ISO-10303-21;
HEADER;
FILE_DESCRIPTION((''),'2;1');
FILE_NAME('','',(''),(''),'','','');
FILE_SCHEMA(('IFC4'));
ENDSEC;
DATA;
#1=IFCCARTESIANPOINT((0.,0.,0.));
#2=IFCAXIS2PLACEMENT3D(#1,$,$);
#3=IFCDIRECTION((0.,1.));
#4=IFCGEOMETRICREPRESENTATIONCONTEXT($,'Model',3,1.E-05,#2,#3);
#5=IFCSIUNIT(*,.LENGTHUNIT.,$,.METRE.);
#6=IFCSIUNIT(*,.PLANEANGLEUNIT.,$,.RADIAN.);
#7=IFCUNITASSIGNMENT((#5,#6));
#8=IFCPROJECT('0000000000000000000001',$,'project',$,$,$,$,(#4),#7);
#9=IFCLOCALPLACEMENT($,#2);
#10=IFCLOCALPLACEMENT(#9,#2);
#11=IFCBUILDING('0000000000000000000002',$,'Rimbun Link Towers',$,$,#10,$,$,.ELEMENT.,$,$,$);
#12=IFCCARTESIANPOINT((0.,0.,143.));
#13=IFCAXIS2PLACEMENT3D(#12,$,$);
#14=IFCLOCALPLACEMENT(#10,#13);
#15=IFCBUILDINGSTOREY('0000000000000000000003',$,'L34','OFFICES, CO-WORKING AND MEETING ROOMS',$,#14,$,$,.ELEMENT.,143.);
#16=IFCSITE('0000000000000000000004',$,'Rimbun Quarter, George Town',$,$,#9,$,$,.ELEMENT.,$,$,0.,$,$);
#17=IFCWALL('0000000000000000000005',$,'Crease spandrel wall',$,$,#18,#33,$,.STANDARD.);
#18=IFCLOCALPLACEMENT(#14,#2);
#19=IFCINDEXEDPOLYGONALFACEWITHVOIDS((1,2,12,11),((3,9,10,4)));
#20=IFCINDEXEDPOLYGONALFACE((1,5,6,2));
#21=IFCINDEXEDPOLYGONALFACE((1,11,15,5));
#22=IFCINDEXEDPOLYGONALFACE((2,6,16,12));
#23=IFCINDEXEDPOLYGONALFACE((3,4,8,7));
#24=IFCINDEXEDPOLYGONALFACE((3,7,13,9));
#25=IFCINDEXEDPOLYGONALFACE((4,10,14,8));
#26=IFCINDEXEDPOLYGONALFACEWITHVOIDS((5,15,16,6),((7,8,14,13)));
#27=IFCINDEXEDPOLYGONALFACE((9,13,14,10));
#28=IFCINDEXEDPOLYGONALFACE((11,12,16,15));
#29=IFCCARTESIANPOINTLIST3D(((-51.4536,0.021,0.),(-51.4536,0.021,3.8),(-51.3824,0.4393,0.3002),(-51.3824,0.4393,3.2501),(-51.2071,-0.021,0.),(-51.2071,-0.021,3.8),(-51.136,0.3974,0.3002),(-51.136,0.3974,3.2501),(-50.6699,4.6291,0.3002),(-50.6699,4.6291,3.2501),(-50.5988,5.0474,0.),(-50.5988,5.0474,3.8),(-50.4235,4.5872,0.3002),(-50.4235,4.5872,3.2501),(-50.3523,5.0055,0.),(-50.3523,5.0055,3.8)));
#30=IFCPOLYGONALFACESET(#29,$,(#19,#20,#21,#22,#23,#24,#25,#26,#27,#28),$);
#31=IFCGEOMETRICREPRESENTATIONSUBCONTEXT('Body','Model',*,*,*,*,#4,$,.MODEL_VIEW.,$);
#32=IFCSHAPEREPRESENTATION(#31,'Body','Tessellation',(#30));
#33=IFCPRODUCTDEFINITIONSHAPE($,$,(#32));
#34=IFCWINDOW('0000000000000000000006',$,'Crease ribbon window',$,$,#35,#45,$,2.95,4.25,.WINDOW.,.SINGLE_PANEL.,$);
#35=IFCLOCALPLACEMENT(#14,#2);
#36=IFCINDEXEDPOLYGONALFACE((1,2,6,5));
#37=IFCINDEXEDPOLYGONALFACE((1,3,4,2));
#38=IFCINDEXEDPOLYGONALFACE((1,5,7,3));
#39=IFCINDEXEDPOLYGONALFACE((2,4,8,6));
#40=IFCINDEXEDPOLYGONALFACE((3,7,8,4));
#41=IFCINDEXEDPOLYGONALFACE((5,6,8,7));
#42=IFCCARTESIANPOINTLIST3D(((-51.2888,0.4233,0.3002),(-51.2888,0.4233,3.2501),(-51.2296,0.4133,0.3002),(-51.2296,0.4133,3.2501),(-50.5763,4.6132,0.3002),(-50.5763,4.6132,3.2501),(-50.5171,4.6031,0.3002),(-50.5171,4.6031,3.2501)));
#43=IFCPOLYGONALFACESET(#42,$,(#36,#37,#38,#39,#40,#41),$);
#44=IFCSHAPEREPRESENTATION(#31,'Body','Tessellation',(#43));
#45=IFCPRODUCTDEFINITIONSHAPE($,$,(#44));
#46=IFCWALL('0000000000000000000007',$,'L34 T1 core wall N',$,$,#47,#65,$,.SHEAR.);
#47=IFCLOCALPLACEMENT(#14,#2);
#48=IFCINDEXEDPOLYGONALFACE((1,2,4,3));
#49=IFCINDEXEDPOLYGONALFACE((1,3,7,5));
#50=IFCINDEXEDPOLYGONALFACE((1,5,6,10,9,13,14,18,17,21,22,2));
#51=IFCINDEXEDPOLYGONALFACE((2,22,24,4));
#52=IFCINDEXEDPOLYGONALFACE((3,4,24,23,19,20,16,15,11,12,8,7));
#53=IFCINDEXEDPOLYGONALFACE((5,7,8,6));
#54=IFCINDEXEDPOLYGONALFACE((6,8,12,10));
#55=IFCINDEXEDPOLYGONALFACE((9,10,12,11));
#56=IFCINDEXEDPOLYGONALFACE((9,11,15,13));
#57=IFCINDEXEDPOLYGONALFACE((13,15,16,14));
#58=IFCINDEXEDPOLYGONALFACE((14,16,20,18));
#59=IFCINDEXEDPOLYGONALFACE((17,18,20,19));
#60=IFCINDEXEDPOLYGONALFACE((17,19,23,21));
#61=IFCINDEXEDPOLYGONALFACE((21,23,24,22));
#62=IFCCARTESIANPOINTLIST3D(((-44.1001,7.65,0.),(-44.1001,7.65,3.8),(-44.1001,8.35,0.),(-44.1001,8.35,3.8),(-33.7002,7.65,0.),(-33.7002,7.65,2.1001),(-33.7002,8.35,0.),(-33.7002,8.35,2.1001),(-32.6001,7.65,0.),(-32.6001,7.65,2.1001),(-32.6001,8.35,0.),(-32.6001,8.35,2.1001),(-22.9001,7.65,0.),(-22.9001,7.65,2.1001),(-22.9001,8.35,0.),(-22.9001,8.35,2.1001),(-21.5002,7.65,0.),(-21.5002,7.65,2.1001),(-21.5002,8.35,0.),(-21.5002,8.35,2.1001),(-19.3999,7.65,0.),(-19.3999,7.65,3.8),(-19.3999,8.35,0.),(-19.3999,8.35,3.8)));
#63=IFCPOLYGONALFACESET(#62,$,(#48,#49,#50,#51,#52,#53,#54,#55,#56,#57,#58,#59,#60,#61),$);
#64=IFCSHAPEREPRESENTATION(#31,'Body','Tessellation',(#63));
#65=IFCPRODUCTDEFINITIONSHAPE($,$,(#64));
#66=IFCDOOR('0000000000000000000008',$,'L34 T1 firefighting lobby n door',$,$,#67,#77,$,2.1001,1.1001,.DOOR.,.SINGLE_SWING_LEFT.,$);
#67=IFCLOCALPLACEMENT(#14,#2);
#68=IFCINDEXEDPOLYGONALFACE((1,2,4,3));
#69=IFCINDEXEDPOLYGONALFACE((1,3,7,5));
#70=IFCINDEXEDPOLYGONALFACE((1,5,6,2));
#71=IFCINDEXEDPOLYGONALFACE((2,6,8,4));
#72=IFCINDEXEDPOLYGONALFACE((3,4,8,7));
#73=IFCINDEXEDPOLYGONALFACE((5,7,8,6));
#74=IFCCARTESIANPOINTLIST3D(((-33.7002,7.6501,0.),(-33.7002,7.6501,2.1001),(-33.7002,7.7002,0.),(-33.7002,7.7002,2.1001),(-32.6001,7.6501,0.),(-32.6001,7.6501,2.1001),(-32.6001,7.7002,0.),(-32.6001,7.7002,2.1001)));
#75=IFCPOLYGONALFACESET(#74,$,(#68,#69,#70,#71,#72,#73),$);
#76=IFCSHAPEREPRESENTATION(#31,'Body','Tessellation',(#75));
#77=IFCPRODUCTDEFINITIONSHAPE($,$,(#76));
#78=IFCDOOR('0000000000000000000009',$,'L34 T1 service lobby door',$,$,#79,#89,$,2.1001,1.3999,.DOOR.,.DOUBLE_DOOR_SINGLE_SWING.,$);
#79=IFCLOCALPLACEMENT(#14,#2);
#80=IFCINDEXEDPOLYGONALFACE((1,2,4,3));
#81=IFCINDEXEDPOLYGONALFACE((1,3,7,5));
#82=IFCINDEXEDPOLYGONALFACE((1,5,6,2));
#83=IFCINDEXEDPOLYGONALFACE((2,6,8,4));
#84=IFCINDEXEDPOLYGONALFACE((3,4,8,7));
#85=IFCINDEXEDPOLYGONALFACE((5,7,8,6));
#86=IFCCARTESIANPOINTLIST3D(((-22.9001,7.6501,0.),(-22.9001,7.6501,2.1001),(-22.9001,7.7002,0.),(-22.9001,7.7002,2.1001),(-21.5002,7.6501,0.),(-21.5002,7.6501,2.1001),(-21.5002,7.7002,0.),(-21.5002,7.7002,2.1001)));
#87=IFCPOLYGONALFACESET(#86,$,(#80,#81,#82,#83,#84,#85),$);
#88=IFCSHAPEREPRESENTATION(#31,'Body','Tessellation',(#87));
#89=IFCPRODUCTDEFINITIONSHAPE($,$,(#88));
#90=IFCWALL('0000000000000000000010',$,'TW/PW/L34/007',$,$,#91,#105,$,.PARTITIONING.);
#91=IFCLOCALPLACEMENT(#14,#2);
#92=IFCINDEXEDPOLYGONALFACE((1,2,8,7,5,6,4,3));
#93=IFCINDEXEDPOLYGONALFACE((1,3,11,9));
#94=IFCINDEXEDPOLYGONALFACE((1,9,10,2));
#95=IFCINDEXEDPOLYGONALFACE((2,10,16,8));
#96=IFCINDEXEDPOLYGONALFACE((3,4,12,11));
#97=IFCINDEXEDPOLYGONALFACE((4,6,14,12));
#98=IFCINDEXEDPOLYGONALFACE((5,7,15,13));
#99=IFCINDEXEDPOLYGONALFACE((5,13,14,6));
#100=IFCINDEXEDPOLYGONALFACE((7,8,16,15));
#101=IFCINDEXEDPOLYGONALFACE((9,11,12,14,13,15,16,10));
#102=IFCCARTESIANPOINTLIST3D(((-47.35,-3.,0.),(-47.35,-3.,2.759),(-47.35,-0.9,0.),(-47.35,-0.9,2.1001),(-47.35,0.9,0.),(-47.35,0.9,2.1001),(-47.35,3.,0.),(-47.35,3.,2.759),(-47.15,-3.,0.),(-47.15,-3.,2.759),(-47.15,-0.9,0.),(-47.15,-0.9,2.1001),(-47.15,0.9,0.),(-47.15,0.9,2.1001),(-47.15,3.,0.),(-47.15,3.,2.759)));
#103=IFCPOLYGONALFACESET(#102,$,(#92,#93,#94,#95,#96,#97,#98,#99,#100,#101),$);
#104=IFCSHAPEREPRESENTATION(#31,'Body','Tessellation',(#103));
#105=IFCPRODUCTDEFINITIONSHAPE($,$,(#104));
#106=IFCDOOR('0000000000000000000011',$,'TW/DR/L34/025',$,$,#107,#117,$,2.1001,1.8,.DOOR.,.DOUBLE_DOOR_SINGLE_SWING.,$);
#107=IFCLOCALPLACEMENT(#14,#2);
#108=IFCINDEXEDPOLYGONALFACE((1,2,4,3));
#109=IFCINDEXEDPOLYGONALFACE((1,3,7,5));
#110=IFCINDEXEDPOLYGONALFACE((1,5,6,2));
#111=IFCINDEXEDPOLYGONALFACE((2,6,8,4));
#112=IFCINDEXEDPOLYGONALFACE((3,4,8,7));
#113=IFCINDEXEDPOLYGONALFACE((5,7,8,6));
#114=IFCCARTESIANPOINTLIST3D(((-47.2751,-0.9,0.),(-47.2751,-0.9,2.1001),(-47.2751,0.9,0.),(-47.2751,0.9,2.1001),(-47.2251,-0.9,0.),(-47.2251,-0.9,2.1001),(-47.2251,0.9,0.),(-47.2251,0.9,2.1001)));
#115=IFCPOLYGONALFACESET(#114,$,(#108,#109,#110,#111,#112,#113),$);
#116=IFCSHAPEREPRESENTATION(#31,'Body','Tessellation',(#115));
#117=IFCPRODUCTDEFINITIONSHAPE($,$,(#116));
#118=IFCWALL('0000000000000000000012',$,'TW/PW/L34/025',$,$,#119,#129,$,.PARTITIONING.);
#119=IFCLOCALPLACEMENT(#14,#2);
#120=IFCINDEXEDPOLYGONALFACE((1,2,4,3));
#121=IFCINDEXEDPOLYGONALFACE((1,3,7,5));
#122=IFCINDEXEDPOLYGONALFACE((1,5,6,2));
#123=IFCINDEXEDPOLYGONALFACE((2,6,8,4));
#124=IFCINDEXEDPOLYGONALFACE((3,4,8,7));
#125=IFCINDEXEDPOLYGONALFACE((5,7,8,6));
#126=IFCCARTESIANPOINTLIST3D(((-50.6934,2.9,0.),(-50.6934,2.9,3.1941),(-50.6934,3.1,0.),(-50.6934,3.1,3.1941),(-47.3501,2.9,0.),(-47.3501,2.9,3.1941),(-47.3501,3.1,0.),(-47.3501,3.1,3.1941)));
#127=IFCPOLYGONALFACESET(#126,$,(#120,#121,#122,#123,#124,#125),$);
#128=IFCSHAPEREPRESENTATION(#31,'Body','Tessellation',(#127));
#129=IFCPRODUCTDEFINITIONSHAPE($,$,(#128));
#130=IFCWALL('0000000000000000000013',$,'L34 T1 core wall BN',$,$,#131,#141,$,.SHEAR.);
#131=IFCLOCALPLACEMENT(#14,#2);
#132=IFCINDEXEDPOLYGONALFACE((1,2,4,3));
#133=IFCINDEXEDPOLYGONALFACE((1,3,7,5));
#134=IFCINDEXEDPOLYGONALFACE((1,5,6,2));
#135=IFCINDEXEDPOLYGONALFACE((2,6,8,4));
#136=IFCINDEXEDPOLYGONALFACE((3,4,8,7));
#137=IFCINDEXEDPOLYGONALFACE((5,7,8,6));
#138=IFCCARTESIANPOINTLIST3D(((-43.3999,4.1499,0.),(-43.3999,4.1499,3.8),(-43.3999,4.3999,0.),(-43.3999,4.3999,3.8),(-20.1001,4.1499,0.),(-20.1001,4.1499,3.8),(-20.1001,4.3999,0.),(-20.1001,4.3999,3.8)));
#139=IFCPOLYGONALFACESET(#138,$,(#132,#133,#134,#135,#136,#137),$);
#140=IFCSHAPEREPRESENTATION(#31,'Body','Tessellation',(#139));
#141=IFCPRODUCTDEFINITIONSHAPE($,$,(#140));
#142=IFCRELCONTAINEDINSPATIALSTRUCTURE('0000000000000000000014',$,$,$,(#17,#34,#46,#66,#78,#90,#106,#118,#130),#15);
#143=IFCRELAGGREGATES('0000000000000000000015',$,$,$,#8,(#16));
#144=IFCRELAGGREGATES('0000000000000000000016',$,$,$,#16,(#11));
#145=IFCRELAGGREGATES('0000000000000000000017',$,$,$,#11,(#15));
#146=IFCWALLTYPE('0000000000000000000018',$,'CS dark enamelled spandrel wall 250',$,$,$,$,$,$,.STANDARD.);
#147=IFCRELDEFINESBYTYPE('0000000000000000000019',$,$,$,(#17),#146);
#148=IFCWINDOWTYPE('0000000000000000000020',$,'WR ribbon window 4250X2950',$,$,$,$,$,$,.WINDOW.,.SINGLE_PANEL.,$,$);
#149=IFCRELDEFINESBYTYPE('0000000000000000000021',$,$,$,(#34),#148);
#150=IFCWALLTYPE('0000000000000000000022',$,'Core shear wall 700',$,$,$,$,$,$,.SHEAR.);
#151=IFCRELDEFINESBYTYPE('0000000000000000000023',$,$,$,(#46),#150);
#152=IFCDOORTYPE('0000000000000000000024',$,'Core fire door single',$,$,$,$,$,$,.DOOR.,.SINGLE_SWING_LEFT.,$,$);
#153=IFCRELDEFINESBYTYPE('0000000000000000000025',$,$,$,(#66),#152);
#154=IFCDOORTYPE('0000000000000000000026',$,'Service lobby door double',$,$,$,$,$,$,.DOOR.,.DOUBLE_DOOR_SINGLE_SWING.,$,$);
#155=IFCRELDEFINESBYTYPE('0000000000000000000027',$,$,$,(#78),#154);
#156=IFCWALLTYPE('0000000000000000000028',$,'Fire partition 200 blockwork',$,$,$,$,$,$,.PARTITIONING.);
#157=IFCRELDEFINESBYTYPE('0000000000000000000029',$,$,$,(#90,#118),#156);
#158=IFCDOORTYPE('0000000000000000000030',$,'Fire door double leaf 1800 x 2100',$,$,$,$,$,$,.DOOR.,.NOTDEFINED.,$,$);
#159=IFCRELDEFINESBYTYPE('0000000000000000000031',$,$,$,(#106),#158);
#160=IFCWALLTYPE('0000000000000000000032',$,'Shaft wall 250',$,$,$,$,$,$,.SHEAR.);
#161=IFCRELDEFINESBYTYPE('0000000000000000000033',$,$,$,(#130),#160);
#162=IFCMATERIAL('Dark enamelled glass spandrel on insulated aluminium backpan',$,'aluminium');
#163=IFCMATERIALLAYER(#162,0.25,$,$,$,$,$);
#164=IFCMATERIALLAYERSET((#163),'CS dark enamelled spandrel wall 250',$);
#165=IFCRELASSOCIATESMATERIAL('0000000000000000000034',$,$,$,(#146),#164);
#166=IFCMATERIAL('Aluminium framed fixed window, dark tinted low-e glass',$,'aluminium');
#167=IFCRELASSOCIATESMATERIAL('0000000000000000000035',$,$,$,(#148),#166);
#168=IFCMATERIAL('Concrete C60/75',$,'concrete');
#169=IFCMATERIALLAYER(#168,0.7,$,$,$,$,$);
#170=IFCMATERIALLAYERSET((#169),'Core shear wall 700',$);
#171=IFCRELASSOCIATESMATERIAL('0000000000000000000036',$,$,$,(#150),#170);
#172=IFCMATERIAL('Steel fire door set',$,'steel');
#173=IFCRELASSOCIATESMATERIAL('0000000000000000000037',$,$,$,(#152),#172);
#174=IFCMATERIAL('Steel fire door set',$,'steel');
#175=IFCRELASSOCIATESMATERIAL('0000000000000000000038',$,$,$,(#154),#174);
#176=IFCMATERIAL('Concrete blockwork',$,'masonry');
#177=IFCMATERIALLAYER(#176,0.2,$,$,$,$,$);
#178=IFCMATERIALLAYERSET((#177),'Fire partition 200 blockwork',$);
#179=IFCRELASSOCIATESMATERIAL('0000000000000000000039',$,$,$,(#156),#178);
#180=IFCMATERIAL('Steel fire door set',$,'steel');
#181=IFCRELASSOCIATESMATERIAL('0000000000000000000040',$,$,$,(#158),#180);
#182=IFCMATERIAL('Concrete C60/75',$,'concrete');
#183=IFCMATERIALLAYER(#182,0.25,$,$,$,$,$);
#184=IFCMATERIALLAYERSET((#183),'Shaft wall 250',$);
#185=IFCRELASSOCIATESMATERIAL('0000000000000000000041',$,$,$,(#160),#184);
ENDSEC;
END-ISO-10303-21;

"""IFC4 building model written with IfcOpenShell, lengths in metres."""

from ifc_helpers import new_model, si_unit, direction, frame, frame_2d, origin, place, context, subcontext, project, spatial, rectangle, extrude, material, layer, layer_set, type_object, element, fill, save


model = new_model("IFC4")

# Units and contexts
model_context = context("Model", 3, precision=1e-05, world=origin(), true_north=direction((0.0, 1.0)))
body_context = subcontext(model_context, "Body", "Model", "MODEL_VIEW")
ifc_project = project(units=[si_unit("LENGTHUNIT", "METRE"), si_unit("PLANEANGLEUNIT", "RADIAN")], contexts=[model_context])

# Site, building, storey
site_placement = place(None, origin())
site = spatial("IfcSite", under=ifc_project, at=site_placement, Name="Rimbun Quarter, George Town", CompositionType="ELEMENT", RefElevation=0.0)
building_placement = place(site_placement, origin())
building = spatial("IfcBuilding", under=site, at=building_placement, Name="Rimbun Link Towers", CompositionType="ELEMENT")
storey_placement = place(building_placement, frame((0.0, 0.0, 143.0)))
storey = spatial("IfcBuildingStorey", under=building, at=storey_placement, Name="L34", Description="OFFICES, CO-WORKING AND MEETING ROOMS", CompositionType="ELEMENT", Elevation=143.0)

# Wall, opening, window
ifc_material_1 = material(Name="Dark enamelled glass spandrel on insulated aluminium backpan", Category="aluminium")
ifc_layer_1 = layer(ifc_material_1, 0.25)
ifc_layer_set_1 = layer_set([ifc_layer_1], Name="CS dark enamelled spandrel wall 250")
wall_type_1 = type_object("IfcWallType", Name="CS dark enamelled spandrel wall 250", PredefinedType="STANDARD", material=ifc_layer_set_1)
wall_1_placement = place(storey_placement, frame((-51.3303, 0.0, 0.0), z_axis=(0.0, 0.0, 1.0), x_axis=(0.167644, 0.985848, 0.0)))
wall_1 = element("IfcWall", 1, at=wall_1_placement, inside=storey, type_object=wall_type_1, Name="Crease spandrel wall", PredefinedType="STANDARD", context=body_context, shape_type="SweptSolid", body=[
    extrude(rectangle(XDim=5.0986, YDim=0.25, at=frame_2d((2.5493, 0.0))), origin(), (0.0, 0.0, 1.0), 3.8),
])
opening_1_placement = place(wall_1_placement, frame((0.4243, 0.0, 0.3)))
opening_1 = element("IfcOpeningElement", 2, at=opening_1_placement, cuts=wall_1, PredefinedType="OPENING", context=body_context, shape_type="SweptSolid", body=[
    extrude(rectangle(XDim=4.25, YDim=2.95, at=frame_2d((2.125, 1.4751))), frame((0.0, 0.135, 0.0), z_axis=(0.0, -1.0, 0.0), x_axis=(1.0, 0.0, 0.0)), (0.0, 0.0, 1.0), 0.27),
])
ifc_material_2 = material(Name="Aluminium framed fixed window, dark tinted low-e glass", Category="aluminium")
window_type_1 = type_object("IfcWindowType", Name="WR ribbon window 4250X2950", PartitioningType="SINGLE_PANEL", PredefinedType="WINDOW", material=ifc_material_2)
window_1_placement = place(opening_1_placement, origin())
window_1 = element("IfcWindow", 3, at=window_1_placement, inside=storey, type_object=window_type_1, Name="Crease ribbon window", OverallHeight=2.95, OverallWidth=4.25, PartitioningType="SINGLE_PANEL", PredefinedType="WINDOW", context=body_context, shape_type="SweptSolid", body=[
    extrude(rectangle(XDim=4.25, YDim=2.95, at=frame_2d((2.125, 1.4751))), frame((0.0, 0.03, 0.0), z_axis=(0.0, -1.0, 0.0), x_axis=(1.0, 0.0, 0.0)), (0.0, 0.0, 1.0), 0.0601),
])
fill(opening_1, window_1)

# Wall, openings, doors
ifc_material_3 = material(Name="Concrete C60/75", Category="concrete")
ifc_layer_2 = layer(ifc_material_3, 0.7)
ifc_layer_set_2 = layer_set([ifc_layer_2], Name="Core shear wall 700")
wall_type_2 = type_object("IfcWallType", Name="Core shear wall 700", PredefinedType="SHEAR", material=ifc_layer_set_2)
wall_2_placement = place(storey_placement, frame((-44.1001, 8.0, 0.0), z_axis=(0.0, 0.0, 1.0), x_axis=(1.0, 0.0, 0.0)))
wall_2 = element("IfcWall", 4, at=wall_2_placement, inside=storey, type_object=wall_type_2, Name="L34 T1 core wall N", PredefinedType="SHEAR", context=body_context, shape_type="SweptSolid", body=[
    extrude(rectangle(XDim=24.7002, YDim=0.7, at=frame_2d((12.3501, 0.0))), origin(), (0.0, 0.0, 1.0), 3.8),
])
opening_2_placement = place(wall_2_placement, frame((10.3999, 0.0, 0.0)))
opening_2 = element("IfcOpeningElement", 5, at=opening_2_placement, cuts=wall_2, PredefinedType="OPENING", context=body_context, shape_type="SweptSolid", body=[
    extrude(rectangle(XDim=1.1001, YDim=2.1001, at=frame_2d((0.55, 1.05))), frame((0.0, 0.3599, 0.0), z_axis=(0.0, -1.0, 0.0), x_axis=(1.0, 0.0, 0.0)), (0.0, 0.0, 1.0), 0.72),
])
opening_3_placement = place(wall_2_placement, frame((21.2, 0.0, 0.0)))
opening_3 = element("IfcOpeningElement", 6, at=opening_3_placement, cuts=wall_2, PredefinedType="OPENING", context=body_context, shape_type="SweptSolid", body=[
    extrude(rectangle(XDim=1.3999, YDim=2.1001, at=frame_2d((0.7, 1.05))), frame((0.0, 0.3599, 0.0), z_axis=(0.0, -1.0, 0.0), x_axis=(1.0, 0.0, 0.0)), (0.0, 0.0, 1.0), 0.72),
])
ifc_material_4 = material(Name="Steel fire door set", Category="steel")
door_type_1 = type_object("IfcDoorType", Name="Core fire door single", OperationType="SINGLE_SWING_LEFT", PredefinedType="DOOR", material=ifc_material_4)
door_1_placement = place(opening_2_placement, origin())
door_1 = element("IfcDoor", 7, at=door_1_placement, inside=storey, type_object=door_type_1, Name="L34 T1 firefighting lobby n door", OperationType="SINGLE_SWING_LEFT", OverallHeight=2.1001, OverallWidth=1.1001, PredefinedType="DOOR", context=body_context, shape_type="SweptSolid", body=[
    extrude(rectangle(XDim=1.1001, YDim=2.1001, at=frame_2d((0.55, 1.05))), frame((0.0, -0.2998, 0.0), z_axis=(0.0, -1.0, 0.0), x_axis=(1.0, 0.0, 0.0)), (0.0, 0.0, 1.0), 0.05),
])
fill(opening_2, door_1)
ifc_material_5 = material(Name="Steel fire door set", Category="steel")
door_type_2 = type_object("IfcDoorType", Name="Service lobby door double", OperationType="DOUBLE_DOOR_SINGLE_SWING", PredefinedType="DOOR", material=ifc_material_5)
door_2_placement = place(opening_3_placement, origin())
door_2 = element("IfcDoor", 8, at=door_2_placement, inside=storey, type_object=door_type_2, Name="L34 T1 service lobby door", OperationType="DOUBLE_DOOR_SINGLE_SWING", OverallHeight=2.1001, OverallWidth=1.3999, PredefinedType="DOOR", context=body_context, shape_type="SweptSolid", body=[
    extrude(rectangle(XDim=1.3999, YDim=2.1001, at=frame_2d((0.7, 1.05))), frame((0.0, -0.2998, 0.0), z_axis=(0.0, -1.0, 0.0), x_axis=(1.0, 0.0, 0.0)), (0.0, 0.0, 1.0), 0.05),
])
fill(opening_3, door_2)

# Wall, opening, door
ifc_material_6 = material(Name="Concrete blockwork", Category="masonry")
ifc_layer_3 = layer(ifc_material_6, 0.2)
ifc_layer_set_3 = layer_set([ifc_layer_3], Name="Fire partition 200 blockwork")
wall_type_3 = type_object("IfcWallType", Name="Fire partition 200 blockwork", PredefinedType="PARTITIONING", material=ifc_layer_set_3)
wall_3_placement = place(storey_placement, frame((-47.25, 3.0, 0.0), z_axis=(0.0, 0.0, 1.0), x_axis=(0.0, -1.0, 0.0)))
wall_3 = element("IfcWall", 9, at=wall_3_placement, inside=storey, type_object=wall_type_3, Name="TW/PW/L34/007", PredefinedType="PARTITIONING", context=body_context, shape_type="SweptSolid", body=[
    extrude(rectangle(XDim=6.0, YDim=0.2, at=frame_2d((3.0, 0.0))), origin(), (0.0, 0.0, 1.0), 2.759),
])
opening_4_placement = place(wall_3_placement, frame((2.1001, 0.0, 0.0)))
opening_4 = element("IfcOpeningElement", 10, at=opening_4_placement, cuts=wall_3, PredefinedType="OPENING", context=body_context, shape_type="SweptSolid", body=[
    extrude(rectangle(XDim=1.8, YDim=2.1001, at=frame_2d((0.8999, 1.05))), frame((0.0, 0.1099, 0.0), z_axis=(0.0, -1.0, 0.0), x_axis=(1.0, 0.0, 0.0)), (0.0, 0.0, 1.0), 0.22),
])
ifc_material_7 = material(Name="Steel fire door set", Category="steel")
door_type_3 = type_object("IfcDoorType", Name="Fire door double leaf 1800 x 2100", OperationType="NOTDEFINED", PredefinedType="DOOR", material=ifc_material_7)
door_3_placement = place(opening_4_placement, origin())
door_3 = element("IfcDoor", 11, at=door_3_placement, inside=storey, type_object=door_type_3, Name="TW/DR/L34/025", OperationType="DOUBLE_DOOR_SINGLE_SWING", OverallHeight=2.1001, OverallWidth=1.8, PredefinedType="DOOR", context=body_context, shape_type="SweptSolid", body=[
    extrude(rectangle(XDim=1.8, YDim=2.1001, at=frame_2d((0.8999, 1.05))), frame((0.0, 0.0249, 0.0), z_axis=(0.0, -1.0, 0.0), x_axis=(1.0, 0.0, 0.0)), (0.0, 0.0, 1.0), 0.05),
])
fill(opening_4, door_3)

# Walls
wall_4_placement = place(storey_placement, frame((-47.3501, 3.0, 0.0), z_axis=(0.0, 0.0, 1.0), x_axis=(-1.0, 0.0, 0.0)))
element("IfcWall", 12, at=wall_4_placement, inside=storey, type_object=wall_type_3, Name="TW/PW/L34/025", PredefinedType="PARTITIONING", context=body_context, shape_type="SweptSolid", body=[
    extrude(rectangle(XDim=3.3433, YDim=0.2, at=frame_2d((1.6716, 0.0))), origin(), (0.0, 0.0, 1.0), 3.1941),
])
ifc_material_8 = material(Name="Concrete C60/75", Category="concrete")
ifc_layer_4 = layer(ifc_material_8, 0.25)
ifc_layer_set_4 = layer_set([ifc_layer_4], Name="Shaft wall 250")
wall_type_4 = type_object("IfcWallType", Name="Shaft wall 250", PredefinedType="SHEAR", material=ifc_layer_set_4)
wall_5_placement = place(storey_placement, frame((-43.3999, 4.2749, 0.0), z_axis=(0.0, 0.0, 1.0), x_axis=(1.0, 0.0, 0.0)))
element("IfcWall", 13, at=wall_5_placement, inside=storey, type_object=wall_type_4, Name="L34 T1 core wall BN", PredefinedType="SHEAR", context=body_context, shape_type="SweptSolid", body=[
    extrude(rectangle(XDim=23.2998, YDim=0.25, at=frame_2d((11.6499, 0.0))), origin(), (0.0, 0.0, 1.0), 3.8),
])

save(model, "model.ifc")
